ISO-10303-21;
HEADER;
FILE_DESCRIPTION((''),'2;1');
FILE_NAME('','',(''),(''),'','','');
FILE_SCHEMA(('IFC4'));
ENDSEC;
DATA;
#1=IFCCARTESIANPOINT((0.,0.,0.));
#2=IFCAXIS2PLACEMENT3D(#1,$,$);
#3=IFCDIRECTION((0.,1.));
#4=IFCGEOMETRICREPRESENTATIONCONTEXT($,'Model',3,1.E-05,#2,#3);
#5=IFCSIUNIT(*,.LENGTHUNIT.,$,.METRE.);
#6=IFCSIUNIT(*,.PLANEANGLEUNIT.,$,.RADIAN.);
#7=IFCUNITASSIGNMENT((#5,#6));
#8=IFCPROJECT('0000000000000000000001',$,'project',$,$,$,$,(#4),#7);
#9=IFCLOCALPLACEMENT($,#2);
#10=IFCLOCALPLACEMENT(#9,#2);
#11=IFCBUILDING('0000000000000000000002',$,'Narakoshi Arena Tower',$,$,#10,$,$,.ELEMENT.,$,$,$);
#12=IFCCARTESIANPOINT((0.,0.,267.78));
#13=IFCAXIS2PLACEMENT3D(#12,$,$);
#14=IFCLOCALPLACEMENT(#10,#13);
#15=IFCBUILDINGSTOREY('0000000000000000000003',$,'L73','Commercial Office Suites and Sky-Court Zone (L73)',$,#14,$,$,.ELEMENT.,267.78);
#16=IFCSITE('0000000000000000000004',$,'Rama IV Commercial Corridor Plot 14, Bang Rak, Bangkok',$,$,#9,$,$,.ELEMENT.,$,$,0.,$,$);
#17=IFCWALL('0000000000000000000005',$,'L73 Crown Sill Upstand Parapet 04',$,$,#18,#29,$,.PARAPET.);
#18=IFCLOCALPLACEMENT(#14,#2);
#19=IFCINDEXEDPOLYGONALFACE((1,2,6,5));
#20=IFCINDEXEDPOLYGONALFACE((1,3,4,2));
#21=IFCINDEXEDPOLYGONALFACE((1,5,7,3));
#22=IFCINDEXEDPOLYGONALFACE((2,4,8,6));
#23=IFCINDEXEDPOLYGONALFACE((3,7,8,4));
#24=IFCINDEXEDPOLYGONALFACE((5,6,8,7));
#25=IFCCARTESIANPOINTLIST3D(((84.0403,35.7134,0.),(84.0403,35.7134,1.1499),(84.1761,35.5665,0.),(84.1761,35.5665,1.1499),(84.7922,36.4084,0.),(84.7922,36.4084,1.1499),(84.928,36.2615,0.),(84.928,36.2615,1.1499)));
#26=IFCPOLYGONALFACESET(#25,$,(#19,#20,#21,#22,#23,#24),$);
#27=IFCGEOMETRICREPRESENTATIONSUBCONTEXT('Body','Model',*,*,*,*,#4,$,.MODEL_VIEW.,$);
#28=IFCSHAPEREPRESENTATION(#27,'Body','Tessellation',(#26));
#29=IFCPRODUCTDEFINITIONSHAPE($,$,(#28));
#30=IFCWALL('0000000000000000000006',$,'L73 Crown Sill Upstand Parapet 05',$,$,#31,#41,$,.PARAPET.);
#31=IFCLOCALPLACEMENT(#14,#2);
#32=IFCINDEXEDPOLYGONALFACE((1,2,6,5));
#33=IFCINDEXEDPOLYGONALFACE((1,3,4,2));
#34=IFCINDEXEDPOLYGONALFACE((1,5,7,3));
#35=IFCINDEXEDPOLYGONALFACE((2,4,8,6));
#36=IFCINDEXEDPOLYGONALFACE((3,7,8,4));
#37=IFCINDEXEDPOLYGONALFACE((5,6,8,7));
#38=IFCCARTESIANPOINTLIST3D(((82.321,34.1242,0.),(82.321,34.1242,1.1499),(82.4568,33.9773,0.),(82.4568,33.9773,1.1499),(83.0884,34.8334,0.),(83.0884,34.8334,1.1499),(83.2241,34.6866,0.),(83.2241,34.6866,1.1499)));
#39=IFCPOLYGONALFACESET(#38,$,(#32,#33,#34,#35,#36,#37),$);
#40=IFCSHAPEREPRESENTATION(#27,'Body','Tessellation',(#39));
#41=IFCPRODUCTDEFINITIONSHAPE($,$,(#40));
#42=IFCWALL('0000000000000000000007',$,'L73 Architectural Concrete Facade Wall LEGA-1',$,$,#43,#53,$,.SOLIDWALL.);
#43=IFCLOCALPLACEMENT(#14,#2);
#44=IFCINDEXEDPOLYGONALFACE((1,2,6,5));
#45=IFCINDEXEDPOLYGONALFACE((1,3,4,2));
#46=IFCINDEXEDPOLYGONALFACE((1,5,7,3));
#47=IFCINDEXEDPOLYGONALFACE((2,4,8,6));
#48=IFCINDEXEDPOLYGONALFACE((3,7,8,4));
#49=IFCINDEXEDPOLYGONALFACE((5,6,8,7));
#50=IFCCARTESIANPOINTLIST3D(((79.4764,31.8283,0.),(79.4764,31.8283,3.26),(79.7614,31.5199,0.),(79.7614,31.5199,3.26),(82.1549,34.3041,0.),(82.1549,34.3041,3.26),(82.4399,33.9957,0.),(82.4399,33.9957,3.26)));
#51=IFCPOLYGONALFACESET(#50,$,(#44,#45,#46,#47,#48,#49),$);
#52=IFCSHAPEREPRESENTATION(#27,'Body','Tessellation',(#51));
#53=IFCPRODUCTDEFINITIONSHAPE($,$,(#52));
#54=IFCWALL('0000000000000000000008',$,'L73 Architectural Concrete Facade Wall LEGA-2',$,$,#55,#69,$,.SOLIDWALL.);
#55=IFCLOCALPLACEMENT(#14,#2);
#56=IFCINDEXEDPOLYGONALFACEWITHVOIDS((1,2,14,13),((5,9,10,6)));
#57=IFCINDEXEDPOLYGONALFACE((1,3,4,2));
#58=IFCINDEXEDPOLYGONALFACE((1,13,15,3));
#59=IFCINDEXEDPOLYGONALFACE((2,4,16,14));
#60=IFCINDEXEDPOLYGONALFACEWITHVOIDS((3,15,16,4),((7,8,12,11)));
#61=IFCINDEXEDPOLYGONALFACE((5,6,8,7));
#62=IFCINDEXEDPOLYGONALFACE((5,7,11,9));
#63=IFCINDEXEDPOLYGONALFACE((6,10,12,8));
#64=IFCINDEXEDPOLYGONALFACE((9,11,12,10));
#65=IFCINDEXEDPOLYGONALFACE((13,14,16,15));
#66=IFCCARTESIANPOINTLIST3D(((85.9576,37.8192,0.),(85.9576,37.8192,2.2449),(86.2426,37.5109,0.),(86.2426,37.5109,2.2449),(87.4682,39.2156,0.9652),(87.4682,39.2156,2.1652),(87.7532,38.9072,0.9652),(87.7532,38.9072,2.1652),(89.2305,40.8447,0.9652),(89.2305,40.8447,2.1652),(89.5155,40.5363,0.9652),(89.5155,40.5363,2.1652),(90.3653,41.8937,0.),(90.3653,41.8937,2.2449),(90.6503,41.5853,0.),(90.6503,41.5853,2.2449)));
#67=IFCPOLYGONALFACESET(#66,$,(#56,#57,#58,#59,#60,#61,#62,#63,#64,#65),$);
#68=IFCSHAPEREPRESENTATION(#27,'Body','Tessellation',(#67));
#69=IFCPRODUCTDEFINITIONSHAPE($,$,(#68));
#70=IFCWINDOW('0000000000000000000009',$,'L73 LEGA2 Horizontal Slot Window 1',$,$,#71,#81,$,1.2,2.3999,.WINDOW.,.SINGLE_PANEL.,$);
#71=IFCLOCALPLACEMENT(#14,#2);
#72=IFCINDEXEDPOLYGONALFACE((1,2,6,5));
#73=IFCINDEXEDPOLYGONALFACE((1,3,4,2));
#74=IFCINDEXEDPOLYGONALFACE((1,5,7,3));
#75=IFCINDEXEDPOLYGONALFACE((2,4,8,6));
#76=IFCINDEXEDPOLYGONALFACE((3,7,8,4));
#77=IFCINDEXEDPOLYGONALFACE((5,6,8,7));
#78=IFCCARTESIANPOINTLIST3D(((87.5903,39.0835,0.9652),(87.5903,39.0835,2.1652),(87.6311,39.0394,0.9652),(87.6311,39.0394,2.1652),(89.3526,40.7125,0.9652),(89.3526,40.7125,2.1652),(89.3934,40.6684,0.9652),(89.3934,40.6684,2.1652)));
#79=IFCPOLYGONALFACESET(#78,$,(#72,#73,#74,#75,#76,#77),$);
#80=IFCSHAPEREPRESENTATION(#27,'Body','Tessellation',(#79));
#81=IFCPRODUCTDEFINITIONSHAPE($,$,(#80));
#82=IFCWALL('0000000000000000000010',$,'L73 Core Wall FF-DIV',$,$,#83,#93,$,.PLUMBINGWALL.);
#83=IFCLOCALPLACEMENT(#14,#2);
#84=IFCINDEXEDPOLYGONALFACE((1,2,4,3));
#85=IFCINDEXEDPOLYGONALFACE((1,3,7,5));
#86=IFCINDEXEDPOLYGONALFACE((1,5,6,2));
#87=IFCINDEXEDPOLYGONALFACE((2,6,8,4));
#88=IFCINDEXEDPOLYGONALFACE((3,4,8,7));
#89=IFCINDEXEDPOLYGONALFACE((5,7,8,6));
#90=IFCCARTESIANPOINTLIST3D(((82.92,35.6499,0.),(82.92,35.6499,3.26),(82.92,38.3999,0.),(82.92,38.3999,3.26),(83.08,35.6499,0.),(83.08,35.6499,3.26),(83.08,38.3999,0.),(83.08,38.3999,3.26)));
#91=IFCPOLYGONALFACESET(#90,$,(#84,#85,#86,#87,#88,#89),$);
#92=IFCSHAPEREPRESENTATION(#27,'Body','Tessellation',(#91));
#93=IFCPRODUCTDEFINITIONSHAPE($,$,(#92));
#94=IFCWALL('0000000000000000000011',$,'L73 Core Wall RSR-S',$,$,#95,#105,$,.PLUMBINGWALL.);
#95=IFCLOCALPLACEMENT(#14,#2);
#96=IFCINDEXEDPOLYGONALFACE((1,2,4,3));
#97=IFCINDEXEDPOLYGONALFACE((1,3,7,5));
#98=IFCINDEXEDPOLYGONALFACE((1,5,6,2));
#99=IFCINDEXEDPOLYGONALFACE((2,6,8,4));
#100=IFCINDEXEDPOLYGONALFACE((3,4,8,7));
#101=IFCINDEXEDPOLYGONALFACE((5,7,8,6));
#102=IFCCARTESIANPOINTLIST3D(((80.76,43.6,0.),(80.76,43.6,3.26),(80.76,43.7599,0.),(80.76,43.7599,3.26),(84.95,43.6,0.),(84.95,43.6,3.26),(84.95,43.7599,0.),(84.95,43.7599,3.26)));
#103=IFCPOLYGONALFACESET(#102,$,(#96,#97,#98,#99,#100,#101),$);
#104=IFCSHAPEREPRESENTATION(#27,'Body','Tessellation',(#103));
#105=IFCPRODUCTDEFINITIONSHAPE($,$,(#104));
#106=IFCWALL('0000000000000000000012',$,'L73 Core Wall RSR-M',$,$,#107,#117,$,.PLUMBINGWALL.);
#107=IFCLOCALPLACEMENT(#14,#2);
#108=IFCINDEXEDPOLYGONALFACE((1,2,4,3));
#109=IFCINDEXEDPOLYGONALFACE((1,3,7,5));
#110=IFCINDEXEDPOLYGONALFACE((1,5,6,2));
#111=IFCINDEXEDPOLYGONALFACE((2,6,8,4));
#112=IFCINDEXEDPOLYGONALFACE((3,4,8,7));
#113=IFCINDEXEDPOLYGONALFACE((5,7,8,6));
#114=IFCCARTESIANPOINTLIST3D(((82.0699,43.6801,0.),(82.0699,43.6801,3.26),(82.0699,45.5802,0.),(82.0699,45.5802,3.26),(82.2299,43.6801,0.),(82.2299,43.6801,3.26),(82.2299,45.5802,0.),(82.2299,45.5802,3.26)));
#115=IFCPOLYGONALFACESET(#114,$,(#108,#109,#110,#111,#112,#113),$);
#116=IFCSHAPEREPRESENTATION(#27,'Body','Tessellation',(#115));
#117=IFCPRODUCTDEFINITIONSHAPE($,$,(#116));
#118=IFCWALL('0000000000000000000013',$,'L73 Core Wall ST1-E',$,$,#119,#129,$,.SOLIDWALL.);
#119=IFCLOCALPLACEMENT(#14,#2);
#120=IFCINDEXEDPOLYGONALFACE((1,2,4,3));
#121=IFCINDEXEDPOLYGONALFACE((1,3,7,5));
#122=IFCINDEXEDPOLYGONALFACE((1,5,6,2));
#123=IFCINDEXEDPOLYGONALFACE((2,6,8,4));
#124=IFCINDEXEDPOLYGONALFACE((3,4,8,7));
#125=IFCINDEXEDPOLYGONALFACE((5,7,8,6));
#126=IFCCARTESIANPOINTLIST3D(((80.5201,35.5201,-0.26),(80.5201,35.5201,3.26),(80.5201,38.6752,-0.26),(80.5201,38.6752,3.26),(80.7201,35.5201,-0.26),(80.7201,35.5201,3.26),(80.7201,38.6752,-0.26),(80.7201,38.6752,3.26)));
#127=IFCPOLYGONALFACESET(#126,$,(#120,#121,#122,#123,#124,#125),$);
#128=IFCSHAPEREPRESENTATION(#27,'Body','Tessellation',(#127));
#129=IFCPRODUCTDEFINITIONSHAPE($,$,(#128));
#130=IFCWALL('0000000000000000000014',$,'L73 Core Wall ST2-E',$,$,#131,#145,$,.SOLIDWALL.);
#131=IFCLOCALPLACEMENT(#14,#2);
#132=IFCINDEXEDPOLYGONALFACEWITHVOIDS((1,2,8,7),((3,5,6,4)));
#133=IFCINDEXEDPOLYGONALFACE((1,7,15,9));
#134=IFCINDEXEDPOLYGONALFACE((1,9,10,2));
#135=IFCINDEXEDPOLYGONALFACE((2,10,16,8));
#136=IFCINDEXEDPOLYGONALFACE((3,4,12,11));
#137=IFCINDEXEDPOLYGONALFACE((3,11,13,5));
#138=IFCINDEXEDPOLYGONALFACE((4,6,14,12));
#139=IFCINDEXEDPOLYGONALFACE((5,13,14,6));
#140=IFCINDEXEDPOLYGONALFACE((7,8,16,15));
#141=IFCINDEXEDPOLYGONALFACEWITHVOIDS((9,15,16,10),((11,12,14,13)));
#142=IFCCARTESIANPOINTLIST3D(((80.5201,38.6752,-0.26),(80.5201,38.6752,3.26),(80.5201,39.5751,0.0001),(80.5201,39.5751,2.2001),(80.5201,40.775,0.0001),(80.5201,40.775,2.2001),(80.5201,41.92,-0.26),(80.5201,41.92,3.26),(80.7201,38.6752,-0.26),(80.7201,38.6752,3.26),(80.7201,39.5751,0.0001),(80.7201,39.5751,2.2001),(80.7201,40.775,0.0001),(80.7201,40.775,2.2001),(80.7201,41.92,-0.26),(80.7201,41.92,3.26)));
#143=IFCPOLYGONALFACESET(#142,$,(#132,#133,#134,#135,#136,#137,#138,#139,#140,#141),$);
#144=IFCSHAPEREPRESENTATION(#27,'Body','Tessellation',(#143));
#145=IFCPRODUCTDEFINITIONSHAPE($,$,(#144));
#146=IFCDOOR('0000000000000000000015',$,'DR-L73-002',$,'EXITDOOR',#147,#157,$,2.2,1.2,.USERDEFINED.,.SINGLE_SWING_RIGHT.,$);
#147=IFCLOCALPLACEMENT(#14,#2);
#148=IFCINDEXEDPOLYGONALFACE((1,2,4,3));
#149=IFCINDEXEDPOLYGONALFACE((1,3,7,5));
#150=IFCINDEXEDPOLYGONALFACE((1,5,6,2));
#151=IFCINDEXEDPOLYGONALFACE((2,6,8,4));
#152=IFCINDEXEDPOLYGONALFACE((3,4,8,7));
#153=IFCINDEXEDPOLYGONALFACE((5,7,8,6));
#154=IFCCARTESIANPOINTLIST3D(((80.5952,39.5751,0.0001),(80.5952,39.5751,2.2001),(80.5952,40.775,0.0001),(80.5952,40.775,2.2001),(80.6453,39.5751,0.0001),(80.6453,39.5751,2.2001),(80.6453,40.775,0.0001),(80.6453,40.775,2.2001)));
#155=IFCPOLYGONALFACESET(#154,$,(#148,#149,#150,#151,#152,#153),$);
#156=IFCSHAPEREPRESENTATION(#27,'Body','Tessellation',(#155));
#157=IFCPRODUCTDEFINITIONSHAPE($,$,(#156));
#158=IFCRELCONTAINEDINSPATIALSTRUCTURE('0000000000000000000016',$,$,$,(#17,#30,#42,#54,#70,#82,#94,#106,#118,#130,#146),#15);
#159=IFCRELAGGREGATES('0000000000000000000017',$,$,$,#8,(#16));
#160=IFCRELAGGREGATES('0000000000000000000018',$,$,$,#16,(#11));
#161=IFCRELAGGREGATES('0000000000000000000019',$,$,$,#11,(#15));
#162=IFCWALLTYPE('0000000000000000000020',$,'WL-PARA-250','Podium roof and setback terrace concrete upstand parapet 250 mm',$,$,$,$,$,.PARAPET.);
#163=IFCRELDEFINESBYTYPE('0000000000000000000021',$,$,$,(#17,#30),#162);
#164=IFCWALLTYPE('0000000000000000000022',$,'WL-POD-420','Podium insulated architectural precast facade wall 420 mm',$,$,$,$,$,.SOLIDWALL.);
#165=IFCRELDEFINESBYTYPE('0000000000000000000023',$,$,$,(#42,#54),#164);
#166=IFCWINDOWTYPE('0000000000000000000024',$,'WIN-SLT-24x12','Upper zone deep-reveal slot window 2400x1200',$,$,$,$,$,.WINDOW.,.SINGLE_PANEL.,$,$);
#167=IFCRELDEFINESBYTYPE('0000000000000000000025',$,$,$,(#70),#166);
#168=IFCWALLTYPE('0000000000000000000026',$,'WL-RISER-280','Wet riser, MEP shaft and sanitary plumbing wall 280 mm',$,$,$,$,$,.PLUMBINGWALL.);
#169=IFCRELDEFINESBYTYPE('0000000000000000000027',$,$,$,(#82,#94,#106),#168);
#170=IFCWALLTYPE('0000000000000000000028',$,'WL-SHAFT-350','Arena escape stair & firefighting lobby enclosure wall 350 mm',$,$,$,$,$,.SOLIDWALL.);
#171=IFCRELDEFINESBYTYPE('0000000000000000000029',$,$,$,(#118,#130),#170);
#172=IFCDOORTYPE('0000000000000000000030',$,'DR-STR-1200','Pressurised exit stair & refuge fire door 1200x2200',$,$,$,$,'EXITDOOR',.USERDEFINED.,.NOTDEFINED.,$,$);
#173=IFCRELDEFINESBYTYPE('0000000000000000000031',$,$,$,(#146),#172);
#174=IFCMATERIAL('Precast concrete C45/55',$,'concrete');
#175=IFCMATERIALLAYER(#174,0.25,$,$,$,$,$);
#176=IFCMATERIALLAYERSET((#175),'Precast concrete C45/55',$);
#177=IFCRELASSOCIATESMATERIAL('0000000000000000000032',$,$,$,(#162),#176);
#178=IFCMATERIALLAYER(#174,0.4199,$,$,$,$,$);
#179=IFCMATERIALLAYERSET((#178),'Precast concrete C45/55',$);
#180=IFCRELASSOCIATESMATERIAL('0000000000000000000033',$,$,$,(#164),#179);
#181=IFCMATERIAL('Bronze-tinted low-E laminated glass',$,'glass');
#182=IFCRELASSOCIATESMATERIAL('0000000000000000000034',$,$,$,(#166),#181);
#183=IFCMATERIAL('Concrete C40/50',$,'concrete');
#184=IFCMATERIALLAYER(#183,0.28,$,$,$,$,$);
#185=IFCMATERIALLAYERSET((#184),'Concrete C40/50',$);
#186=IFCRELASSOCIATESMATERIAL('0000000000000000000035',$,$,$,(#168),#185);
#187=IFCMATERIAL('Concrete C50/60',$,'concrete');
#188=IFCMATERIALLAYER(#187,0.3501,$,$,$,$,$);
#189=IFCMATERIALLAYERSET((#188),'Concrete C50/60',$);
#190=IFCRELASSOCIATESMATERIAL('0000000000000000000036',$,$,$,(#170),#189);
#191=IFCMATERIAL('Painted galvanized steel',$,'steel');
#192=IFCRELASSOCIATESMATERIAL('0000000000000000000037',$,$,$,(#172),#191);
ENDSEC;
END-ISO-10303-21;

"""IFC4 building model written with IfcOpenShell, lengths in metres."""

from ifc_helpers import new_model, si_unit, direction, frame, frame_2d, origin, place, context, subcontext, project, spatial, rectangle, extrude, material, layer, layer_set, type_object, element, fill, save


model = new_model("IFC4")

# Units and contexts
model_context = context("Model", 3, precision=1e-05, world=origin(), true_north=direction((0.0, 1.0)))
body_context = subcontext(model_context, "Body", "Model", "MODEL_VIEW")
ifc_project = project(units=[si_unit("LENGTHUNIT", "METRE"), si_unit("PLANEANGLEUNIT", "RADIAN")], contexts=[model_context])

# Site, building, storey
site_placement = place(None, origin())
site = spatial("IfcSite", under=ifc_project, at=site_placement, Name="Rama IV Commercial Corridor Plot 14, Bang Rak, Bangkok", CompositionType="ELEMENT", RefElevation=0.0)
building_placement = place(site_placement, origin())
building = spatial("IfcBuilding", under=site, at=building_placement, Name="Narakoshi Arena Tower", CompositionType="ELEMENT")
storey_placement = place(building_placement, frame((0.0, 0.0, 267.78)))
storey = spatial("IfcBuildingStorey", under=building, at=storey_placement, Name="L73", Description="Commercial Office Suites and Sky-Court Zone (L73)", CompositionType="ELEMENT", Elevation=267.78)

# Shared definitions
ifc_material_1 = material(Name="Concrete C50/60", Category="concrete")

# Walls
ifc_material_2 = material(Name="Precast concrete C45/55", Category="concrete")
ifc_layer_1 = layer(ifc_material_2, 0.25)
ifc_layer_set_1 = layer_set([ifc_layer_1], Name="Precast concrete C45/55")
wall_type_1 = type_object("IfcWallType", Name="WL-PARA-250", Description="Podium roof and setback terrace concrete upstand parapet 250 mm", PredefinedType="PARAPET", material=ifc_layer_set_1)
wall_1_placement = place(storey_placement, frame((84.8601, 36.335, 0.0), z_axis=(0.0, 0.0, 1.0), x_axis=(-0.734337, -0.678785, 0.0)))
element("IfcWall", 1, at=wall_1_placement, inside=storey, type_object=wall_type_1, Name="L73 Crown Sill Upstand Parapet 04", PredefinedType="PARAPET", context=body_context, shape_type="SweptSolid", body=[
    extrude(rectangle(XDim=1.0239, YDim=0.2, at=frame_2d((0.512, 0.0))), origin(), (0.0, 0.0, 1.0), 1.1499),
])
wall_2_placement = place(storey_placement, frame((83.1562, 34.76, 0.0), z_axis=(0.0, 0.0, 1.0), x_axis=(-0.734364, -0.678755, 0.0)))
element("IfcWall", 2, at=wall_2_placement, inside=storey, type_object=wall_type_1, Name="L73 Crown Sill Upstand Parapet 05", PredefinedType="PARAPET", context=body_context, shape_type="SweptSolid", body=[
    extrude(rectangle(XDim=1.0449, YDim=0.2, at=frame_2d((0.5225, 0.0))), origin(), (0.0, 0.0, 1.0), 1.1499),
])
ifc_layer_2 = layer(ifc_material_2, 0.4199)
ifc_layer_set_2 = layer_set([ifc_layer_2], Name="Precast concrete C45/55")
wall_type_2 = type_object("IfcWallType", Name="WL-POD-420", Description="Podium insulated architectural precast facade wall 420 mm", PredefinedType="SOLIDWALL", material=ifc_layer_set_2)
wall_3_placement = place(storey_placement, frame((79.6189, 31.6741, 0.0), z_axis=(0.0, 0.0, 1.0), x_axis=(0.734339, 0.678783, 0.0)))
element("IfcWall", 3, at=wall_3_placement, inside=storey, type_object=wall_type_2, Name="L73 Architectural Concrete Facade Wall LEGA-1", PredefinedType="SOLIDWALL", context=body_context, shape_type="SweptSolid", body=[
    extrude(rectangle(XDim=3.6475, YDim=0.4199, at=frame_2d((1.8237, 0.0))), origin(), (0.0, 0.0, 1.0), 3.26),
])

# Wall, opening, window
wall_4_placement = place(storey_placement, frame((86.1001, 37.665, 0.0), z_axis=(0.0, 0.0, 1.0), x_axis=(0.734321, 0.678802, 0.0)))
wall_4 = element("IfcWall", 4, at=wall_4_placement, inside=storey, type_object=wall_type_2, Name="L73 Architectural Concrete Facade Wall LEGA-2", PredefinedType="SOLIDWALL", context=body_context, shape_type="SweptSolid", body=[
    extrude(rectangle(XDim=6.0024, YDim=0.4199, at=frame_2d((3.0012, 0.0))), origin(), (0.0, 0.0, 1.0), 2.2449),
])
opening_1_placement = place(wall_4_placement, frame((2.0571, 0.0, 0.9651)))
opening_1 = element("IfcOpeningElement", 5, at=opening_1_placement, cuts=wall_4, PredefinedType="OPENING", context=body_context, shape_type="SweptSolid", body=[
    extrude(rectangle(XDim=2.3999, YDim=1.2, at=frame_2d((1.2, 0.6001))), frame((0.0, 0.22, 0.0), z_axis=(0.0, -1.0, 0.0), x_axis=(1.0, 0.0, 0.0)), (0.0, 0.0, 1.0), 0.4399),
])
ifc_material_3 = material(Name="Bronze-tinted low-E laminated glass", Category="glass")
window_type = type_object("IfcWindowType", Name="WIN-SLT-24x12", Description="Upper zone deep-reveal slot window 2400x1200", PartitioningType="SINGLE_PANEL", PredefinedType="WINDOW", material=ifc_material_3)
window_placement = place(opening_1_placement, origin())
window = element("IfcWindow", 6, at=window_placement, inside=storey, type_object=window_type, Name="L73 LEGA2 Horizontal Slot Window 1", OverallHeight=1.2, OverallWidth=2.3999, PartitioningType="SINGLE_PANEL", PredefinedType="WINDOW", context=body_context, shape_type="SweptSolid", body=[
    extrude(rectangle(XDim=2.3999, YDim=1.2, at=frame_2d((1.2, 0.6001))), frame((0.0, 0.03, 0.0), z_axis=(0.0, -1.0, 0.0), x_axis=(1.0, 0.0, 0.0)), (0.0, 0.0, 1.0), 0.0601),
])
fill(opening_1, window)

# Walls
ifc_material_4 = material(Name="Concrete C40/50", Category="concrete")
ifc_layer_3 = layer(ifc_material_4, 0.28)
ifc_layer_set_3 = layer_set([ifc_layer_3], Name="Concrete C40/50")
wall_type_3 = type_object("IfcWallType", Name="WL-RISER-280", Description="Wet riser, MEP shaft and sanitary plumbing wall 280 mm", PredefinedType="PLUMBINGWALL", material=ifc_layer_set_3)
wall_5_placement = place(storey_placement, frame((83.0, 35.6499, 0.0), z_axis=(0.0, 0.0, 1.0), x_axis=(0.0, 1.0, 0.0)))
element("IfcWall", 7, at=wall_5_placement, inside=storey, type_object=wall_type_3, Name="L73 Core Wall FF-DIV", PredefinedType="PLUMBINGWALL", context=body_context, shape_type="SweptSolid", body=[
    extrude(rectangle(XDim=2.75, YDim=0.1599, at=frame_2d((1.375, 0.0))), origin(), (0.0, 0.0, 1.0), 3.26),
])
wall_6_placement = place(storey_placement, frame((80.76, 43.6799, 0.0), z_axis=(0.0, 0.0, 1.0), x_axis=(1.0, 0.0, 0.0)))
element("IfcWall", 8, at=wall_6_placement, inside=storey, type_object=wall_type_3, Name="L73 Core Wall RSR-S", PredefinedType="PLUMBINGWALL", context=body_context, shape_type="SweptSolid", body=[
    extrude(rectangle(XDim=4.1899, YDim=0.1599, at=frame_2d((2.095, 0.0))), origin(), (0.0, 0.0, 1.0), 3.26),
])
wall_7_placement = place(storey_placement, frame((82.1499, 43.6799, 0.0), z_axis=(0.0, 0.0, 1.0), x_axis=(0.0, 1.0, 0.0)))
element("IfcWall", 9, at=wall_7_placement, inside=storey, type_object=wall_type_3, Name="L73 Core Wall RSR-M", PredefinedType="PLUMBINGWALL", context=body_context, shape_type="SweptSolid", body=[
    extrude(rectangle(XDim=1.9001, YDim=0.1599, at=frame_2d((0.9502, 0.0))), origin(), (0.0, 0.0, 1.0), 3.26),
])
ifc_layer_4 = layer(ifc_material_1, 0.3501)
ifc_layer_set_4 = layer_set([ifc_layer_4], Name="Concrete C50/60")
wall_type_4 = type_object("IfcWallType", Name="WL-SHAFT-350", Description="Arena escape stair & firefighting lobby enclosure wall 350 mm", PredefinedType="SOLIDWALL", material=ifc_layer_set_4)
wall_8_placement = place(storey_placement, frame((80.6201, 35.52, -0.26), z_axis=(0.0, 0.0, 1.0), x_axis=(0.0, 1.0, 0.0)))
element("IfcWall", 10, at=wall_8_placement, inside=storey, type_object=wall_type_4, Name="L73 Core Wall ST1-E", PredefinedType="SOLIDWALL", context=body_context, shape_type="SweptSolid", body=[
    extrude(rectangle(XDim=3.155, YDim=0.2, at=frame_2d((1.5776, 0.0))), origin(), (0.0, 0.0, 1.0), 3.52),
])

# Wall, opening, door
wall_9_placement = place(storey_placement, frame((80.6201, 38.675, -0.26), z_axis=(0.0, 0.0, 1.0), x_axis=(0.0, 1.0, 0.0)))
wall_9 = element("IfcWall", 11, at=wall_9_placement, inside=storey, type_object=wall_type_4, Name="L73 Core Wall ST2-E", PredefinedType="SOLIDWALL", context=body_context, shape_type="SweptSolid", body=[
    extrude(rectangle(XDim=3.2449, YDim=0.2, at=frame_2d((1.6226, 0.0))), origin(), (0.0, 0.0, 1.0), 3.52),
])
opening_2_placement = place(wall_9_placement, frame((0.8999, 0.0, 0.26)))
opening_2 = element("IfcOpeningElement", 12, at=opening_2_placement, cuts=wall_9, PredefinedType="OPENING", context=body_context, shape_type="SweptSolid", body=[
    extrude(rectangle(XDim=1.2, YDim=2.2, at=frame_2d((0.6001, 1.1001))), frame((0.0, 0.1099, 0.0), z_axis=(0.0, -1.0, 0.0), x_axis=(1.0, 0.0, 0.0)), (0.0, 0.0, 1.0), 0.22),
])
ifc_material_5 = material(Name="Painted galvanized steel", Category="steel")
door_type_1 = type_object("IfcDoorType", Name="DR-STR-1200", Description="Pressurised exit stair & refuge fire door 1200x2200", ElementType="EXITDOOR", OperationType="NOTDEFINED", PredefinedType="USERDEFINED", material=ifc_material_5)
door_1_placement = place(opening_2_placement, origin())
door_1 = element("IfcDoor", 13, at=door_1_placement, inside=storey, type_object=door_type_1, Name="DR-L73-002", ObjectType="EXITDOOR", OperationType="SINGLE_SWING_RIGHT", OverallHeight=2.2, OverallWidth=1.2, PredefinedType="USERDEFINED", context=body_context, shape_type="SweptSolid", body=[
    extrude(rectangle(XDim=1.2, YDim=2.2, at=frame_2d((0.6001, 1.1001))), frame((0.0, 0.0249, 0.0), z_axis=(0.0, -1.0, 0.0), x_axis=(1.0, 0.0, 0.0)), (0.0, 0.0, 1.0), 0.05),
])
fill(opening_2, door_1)

save(model, "model.ifc")
